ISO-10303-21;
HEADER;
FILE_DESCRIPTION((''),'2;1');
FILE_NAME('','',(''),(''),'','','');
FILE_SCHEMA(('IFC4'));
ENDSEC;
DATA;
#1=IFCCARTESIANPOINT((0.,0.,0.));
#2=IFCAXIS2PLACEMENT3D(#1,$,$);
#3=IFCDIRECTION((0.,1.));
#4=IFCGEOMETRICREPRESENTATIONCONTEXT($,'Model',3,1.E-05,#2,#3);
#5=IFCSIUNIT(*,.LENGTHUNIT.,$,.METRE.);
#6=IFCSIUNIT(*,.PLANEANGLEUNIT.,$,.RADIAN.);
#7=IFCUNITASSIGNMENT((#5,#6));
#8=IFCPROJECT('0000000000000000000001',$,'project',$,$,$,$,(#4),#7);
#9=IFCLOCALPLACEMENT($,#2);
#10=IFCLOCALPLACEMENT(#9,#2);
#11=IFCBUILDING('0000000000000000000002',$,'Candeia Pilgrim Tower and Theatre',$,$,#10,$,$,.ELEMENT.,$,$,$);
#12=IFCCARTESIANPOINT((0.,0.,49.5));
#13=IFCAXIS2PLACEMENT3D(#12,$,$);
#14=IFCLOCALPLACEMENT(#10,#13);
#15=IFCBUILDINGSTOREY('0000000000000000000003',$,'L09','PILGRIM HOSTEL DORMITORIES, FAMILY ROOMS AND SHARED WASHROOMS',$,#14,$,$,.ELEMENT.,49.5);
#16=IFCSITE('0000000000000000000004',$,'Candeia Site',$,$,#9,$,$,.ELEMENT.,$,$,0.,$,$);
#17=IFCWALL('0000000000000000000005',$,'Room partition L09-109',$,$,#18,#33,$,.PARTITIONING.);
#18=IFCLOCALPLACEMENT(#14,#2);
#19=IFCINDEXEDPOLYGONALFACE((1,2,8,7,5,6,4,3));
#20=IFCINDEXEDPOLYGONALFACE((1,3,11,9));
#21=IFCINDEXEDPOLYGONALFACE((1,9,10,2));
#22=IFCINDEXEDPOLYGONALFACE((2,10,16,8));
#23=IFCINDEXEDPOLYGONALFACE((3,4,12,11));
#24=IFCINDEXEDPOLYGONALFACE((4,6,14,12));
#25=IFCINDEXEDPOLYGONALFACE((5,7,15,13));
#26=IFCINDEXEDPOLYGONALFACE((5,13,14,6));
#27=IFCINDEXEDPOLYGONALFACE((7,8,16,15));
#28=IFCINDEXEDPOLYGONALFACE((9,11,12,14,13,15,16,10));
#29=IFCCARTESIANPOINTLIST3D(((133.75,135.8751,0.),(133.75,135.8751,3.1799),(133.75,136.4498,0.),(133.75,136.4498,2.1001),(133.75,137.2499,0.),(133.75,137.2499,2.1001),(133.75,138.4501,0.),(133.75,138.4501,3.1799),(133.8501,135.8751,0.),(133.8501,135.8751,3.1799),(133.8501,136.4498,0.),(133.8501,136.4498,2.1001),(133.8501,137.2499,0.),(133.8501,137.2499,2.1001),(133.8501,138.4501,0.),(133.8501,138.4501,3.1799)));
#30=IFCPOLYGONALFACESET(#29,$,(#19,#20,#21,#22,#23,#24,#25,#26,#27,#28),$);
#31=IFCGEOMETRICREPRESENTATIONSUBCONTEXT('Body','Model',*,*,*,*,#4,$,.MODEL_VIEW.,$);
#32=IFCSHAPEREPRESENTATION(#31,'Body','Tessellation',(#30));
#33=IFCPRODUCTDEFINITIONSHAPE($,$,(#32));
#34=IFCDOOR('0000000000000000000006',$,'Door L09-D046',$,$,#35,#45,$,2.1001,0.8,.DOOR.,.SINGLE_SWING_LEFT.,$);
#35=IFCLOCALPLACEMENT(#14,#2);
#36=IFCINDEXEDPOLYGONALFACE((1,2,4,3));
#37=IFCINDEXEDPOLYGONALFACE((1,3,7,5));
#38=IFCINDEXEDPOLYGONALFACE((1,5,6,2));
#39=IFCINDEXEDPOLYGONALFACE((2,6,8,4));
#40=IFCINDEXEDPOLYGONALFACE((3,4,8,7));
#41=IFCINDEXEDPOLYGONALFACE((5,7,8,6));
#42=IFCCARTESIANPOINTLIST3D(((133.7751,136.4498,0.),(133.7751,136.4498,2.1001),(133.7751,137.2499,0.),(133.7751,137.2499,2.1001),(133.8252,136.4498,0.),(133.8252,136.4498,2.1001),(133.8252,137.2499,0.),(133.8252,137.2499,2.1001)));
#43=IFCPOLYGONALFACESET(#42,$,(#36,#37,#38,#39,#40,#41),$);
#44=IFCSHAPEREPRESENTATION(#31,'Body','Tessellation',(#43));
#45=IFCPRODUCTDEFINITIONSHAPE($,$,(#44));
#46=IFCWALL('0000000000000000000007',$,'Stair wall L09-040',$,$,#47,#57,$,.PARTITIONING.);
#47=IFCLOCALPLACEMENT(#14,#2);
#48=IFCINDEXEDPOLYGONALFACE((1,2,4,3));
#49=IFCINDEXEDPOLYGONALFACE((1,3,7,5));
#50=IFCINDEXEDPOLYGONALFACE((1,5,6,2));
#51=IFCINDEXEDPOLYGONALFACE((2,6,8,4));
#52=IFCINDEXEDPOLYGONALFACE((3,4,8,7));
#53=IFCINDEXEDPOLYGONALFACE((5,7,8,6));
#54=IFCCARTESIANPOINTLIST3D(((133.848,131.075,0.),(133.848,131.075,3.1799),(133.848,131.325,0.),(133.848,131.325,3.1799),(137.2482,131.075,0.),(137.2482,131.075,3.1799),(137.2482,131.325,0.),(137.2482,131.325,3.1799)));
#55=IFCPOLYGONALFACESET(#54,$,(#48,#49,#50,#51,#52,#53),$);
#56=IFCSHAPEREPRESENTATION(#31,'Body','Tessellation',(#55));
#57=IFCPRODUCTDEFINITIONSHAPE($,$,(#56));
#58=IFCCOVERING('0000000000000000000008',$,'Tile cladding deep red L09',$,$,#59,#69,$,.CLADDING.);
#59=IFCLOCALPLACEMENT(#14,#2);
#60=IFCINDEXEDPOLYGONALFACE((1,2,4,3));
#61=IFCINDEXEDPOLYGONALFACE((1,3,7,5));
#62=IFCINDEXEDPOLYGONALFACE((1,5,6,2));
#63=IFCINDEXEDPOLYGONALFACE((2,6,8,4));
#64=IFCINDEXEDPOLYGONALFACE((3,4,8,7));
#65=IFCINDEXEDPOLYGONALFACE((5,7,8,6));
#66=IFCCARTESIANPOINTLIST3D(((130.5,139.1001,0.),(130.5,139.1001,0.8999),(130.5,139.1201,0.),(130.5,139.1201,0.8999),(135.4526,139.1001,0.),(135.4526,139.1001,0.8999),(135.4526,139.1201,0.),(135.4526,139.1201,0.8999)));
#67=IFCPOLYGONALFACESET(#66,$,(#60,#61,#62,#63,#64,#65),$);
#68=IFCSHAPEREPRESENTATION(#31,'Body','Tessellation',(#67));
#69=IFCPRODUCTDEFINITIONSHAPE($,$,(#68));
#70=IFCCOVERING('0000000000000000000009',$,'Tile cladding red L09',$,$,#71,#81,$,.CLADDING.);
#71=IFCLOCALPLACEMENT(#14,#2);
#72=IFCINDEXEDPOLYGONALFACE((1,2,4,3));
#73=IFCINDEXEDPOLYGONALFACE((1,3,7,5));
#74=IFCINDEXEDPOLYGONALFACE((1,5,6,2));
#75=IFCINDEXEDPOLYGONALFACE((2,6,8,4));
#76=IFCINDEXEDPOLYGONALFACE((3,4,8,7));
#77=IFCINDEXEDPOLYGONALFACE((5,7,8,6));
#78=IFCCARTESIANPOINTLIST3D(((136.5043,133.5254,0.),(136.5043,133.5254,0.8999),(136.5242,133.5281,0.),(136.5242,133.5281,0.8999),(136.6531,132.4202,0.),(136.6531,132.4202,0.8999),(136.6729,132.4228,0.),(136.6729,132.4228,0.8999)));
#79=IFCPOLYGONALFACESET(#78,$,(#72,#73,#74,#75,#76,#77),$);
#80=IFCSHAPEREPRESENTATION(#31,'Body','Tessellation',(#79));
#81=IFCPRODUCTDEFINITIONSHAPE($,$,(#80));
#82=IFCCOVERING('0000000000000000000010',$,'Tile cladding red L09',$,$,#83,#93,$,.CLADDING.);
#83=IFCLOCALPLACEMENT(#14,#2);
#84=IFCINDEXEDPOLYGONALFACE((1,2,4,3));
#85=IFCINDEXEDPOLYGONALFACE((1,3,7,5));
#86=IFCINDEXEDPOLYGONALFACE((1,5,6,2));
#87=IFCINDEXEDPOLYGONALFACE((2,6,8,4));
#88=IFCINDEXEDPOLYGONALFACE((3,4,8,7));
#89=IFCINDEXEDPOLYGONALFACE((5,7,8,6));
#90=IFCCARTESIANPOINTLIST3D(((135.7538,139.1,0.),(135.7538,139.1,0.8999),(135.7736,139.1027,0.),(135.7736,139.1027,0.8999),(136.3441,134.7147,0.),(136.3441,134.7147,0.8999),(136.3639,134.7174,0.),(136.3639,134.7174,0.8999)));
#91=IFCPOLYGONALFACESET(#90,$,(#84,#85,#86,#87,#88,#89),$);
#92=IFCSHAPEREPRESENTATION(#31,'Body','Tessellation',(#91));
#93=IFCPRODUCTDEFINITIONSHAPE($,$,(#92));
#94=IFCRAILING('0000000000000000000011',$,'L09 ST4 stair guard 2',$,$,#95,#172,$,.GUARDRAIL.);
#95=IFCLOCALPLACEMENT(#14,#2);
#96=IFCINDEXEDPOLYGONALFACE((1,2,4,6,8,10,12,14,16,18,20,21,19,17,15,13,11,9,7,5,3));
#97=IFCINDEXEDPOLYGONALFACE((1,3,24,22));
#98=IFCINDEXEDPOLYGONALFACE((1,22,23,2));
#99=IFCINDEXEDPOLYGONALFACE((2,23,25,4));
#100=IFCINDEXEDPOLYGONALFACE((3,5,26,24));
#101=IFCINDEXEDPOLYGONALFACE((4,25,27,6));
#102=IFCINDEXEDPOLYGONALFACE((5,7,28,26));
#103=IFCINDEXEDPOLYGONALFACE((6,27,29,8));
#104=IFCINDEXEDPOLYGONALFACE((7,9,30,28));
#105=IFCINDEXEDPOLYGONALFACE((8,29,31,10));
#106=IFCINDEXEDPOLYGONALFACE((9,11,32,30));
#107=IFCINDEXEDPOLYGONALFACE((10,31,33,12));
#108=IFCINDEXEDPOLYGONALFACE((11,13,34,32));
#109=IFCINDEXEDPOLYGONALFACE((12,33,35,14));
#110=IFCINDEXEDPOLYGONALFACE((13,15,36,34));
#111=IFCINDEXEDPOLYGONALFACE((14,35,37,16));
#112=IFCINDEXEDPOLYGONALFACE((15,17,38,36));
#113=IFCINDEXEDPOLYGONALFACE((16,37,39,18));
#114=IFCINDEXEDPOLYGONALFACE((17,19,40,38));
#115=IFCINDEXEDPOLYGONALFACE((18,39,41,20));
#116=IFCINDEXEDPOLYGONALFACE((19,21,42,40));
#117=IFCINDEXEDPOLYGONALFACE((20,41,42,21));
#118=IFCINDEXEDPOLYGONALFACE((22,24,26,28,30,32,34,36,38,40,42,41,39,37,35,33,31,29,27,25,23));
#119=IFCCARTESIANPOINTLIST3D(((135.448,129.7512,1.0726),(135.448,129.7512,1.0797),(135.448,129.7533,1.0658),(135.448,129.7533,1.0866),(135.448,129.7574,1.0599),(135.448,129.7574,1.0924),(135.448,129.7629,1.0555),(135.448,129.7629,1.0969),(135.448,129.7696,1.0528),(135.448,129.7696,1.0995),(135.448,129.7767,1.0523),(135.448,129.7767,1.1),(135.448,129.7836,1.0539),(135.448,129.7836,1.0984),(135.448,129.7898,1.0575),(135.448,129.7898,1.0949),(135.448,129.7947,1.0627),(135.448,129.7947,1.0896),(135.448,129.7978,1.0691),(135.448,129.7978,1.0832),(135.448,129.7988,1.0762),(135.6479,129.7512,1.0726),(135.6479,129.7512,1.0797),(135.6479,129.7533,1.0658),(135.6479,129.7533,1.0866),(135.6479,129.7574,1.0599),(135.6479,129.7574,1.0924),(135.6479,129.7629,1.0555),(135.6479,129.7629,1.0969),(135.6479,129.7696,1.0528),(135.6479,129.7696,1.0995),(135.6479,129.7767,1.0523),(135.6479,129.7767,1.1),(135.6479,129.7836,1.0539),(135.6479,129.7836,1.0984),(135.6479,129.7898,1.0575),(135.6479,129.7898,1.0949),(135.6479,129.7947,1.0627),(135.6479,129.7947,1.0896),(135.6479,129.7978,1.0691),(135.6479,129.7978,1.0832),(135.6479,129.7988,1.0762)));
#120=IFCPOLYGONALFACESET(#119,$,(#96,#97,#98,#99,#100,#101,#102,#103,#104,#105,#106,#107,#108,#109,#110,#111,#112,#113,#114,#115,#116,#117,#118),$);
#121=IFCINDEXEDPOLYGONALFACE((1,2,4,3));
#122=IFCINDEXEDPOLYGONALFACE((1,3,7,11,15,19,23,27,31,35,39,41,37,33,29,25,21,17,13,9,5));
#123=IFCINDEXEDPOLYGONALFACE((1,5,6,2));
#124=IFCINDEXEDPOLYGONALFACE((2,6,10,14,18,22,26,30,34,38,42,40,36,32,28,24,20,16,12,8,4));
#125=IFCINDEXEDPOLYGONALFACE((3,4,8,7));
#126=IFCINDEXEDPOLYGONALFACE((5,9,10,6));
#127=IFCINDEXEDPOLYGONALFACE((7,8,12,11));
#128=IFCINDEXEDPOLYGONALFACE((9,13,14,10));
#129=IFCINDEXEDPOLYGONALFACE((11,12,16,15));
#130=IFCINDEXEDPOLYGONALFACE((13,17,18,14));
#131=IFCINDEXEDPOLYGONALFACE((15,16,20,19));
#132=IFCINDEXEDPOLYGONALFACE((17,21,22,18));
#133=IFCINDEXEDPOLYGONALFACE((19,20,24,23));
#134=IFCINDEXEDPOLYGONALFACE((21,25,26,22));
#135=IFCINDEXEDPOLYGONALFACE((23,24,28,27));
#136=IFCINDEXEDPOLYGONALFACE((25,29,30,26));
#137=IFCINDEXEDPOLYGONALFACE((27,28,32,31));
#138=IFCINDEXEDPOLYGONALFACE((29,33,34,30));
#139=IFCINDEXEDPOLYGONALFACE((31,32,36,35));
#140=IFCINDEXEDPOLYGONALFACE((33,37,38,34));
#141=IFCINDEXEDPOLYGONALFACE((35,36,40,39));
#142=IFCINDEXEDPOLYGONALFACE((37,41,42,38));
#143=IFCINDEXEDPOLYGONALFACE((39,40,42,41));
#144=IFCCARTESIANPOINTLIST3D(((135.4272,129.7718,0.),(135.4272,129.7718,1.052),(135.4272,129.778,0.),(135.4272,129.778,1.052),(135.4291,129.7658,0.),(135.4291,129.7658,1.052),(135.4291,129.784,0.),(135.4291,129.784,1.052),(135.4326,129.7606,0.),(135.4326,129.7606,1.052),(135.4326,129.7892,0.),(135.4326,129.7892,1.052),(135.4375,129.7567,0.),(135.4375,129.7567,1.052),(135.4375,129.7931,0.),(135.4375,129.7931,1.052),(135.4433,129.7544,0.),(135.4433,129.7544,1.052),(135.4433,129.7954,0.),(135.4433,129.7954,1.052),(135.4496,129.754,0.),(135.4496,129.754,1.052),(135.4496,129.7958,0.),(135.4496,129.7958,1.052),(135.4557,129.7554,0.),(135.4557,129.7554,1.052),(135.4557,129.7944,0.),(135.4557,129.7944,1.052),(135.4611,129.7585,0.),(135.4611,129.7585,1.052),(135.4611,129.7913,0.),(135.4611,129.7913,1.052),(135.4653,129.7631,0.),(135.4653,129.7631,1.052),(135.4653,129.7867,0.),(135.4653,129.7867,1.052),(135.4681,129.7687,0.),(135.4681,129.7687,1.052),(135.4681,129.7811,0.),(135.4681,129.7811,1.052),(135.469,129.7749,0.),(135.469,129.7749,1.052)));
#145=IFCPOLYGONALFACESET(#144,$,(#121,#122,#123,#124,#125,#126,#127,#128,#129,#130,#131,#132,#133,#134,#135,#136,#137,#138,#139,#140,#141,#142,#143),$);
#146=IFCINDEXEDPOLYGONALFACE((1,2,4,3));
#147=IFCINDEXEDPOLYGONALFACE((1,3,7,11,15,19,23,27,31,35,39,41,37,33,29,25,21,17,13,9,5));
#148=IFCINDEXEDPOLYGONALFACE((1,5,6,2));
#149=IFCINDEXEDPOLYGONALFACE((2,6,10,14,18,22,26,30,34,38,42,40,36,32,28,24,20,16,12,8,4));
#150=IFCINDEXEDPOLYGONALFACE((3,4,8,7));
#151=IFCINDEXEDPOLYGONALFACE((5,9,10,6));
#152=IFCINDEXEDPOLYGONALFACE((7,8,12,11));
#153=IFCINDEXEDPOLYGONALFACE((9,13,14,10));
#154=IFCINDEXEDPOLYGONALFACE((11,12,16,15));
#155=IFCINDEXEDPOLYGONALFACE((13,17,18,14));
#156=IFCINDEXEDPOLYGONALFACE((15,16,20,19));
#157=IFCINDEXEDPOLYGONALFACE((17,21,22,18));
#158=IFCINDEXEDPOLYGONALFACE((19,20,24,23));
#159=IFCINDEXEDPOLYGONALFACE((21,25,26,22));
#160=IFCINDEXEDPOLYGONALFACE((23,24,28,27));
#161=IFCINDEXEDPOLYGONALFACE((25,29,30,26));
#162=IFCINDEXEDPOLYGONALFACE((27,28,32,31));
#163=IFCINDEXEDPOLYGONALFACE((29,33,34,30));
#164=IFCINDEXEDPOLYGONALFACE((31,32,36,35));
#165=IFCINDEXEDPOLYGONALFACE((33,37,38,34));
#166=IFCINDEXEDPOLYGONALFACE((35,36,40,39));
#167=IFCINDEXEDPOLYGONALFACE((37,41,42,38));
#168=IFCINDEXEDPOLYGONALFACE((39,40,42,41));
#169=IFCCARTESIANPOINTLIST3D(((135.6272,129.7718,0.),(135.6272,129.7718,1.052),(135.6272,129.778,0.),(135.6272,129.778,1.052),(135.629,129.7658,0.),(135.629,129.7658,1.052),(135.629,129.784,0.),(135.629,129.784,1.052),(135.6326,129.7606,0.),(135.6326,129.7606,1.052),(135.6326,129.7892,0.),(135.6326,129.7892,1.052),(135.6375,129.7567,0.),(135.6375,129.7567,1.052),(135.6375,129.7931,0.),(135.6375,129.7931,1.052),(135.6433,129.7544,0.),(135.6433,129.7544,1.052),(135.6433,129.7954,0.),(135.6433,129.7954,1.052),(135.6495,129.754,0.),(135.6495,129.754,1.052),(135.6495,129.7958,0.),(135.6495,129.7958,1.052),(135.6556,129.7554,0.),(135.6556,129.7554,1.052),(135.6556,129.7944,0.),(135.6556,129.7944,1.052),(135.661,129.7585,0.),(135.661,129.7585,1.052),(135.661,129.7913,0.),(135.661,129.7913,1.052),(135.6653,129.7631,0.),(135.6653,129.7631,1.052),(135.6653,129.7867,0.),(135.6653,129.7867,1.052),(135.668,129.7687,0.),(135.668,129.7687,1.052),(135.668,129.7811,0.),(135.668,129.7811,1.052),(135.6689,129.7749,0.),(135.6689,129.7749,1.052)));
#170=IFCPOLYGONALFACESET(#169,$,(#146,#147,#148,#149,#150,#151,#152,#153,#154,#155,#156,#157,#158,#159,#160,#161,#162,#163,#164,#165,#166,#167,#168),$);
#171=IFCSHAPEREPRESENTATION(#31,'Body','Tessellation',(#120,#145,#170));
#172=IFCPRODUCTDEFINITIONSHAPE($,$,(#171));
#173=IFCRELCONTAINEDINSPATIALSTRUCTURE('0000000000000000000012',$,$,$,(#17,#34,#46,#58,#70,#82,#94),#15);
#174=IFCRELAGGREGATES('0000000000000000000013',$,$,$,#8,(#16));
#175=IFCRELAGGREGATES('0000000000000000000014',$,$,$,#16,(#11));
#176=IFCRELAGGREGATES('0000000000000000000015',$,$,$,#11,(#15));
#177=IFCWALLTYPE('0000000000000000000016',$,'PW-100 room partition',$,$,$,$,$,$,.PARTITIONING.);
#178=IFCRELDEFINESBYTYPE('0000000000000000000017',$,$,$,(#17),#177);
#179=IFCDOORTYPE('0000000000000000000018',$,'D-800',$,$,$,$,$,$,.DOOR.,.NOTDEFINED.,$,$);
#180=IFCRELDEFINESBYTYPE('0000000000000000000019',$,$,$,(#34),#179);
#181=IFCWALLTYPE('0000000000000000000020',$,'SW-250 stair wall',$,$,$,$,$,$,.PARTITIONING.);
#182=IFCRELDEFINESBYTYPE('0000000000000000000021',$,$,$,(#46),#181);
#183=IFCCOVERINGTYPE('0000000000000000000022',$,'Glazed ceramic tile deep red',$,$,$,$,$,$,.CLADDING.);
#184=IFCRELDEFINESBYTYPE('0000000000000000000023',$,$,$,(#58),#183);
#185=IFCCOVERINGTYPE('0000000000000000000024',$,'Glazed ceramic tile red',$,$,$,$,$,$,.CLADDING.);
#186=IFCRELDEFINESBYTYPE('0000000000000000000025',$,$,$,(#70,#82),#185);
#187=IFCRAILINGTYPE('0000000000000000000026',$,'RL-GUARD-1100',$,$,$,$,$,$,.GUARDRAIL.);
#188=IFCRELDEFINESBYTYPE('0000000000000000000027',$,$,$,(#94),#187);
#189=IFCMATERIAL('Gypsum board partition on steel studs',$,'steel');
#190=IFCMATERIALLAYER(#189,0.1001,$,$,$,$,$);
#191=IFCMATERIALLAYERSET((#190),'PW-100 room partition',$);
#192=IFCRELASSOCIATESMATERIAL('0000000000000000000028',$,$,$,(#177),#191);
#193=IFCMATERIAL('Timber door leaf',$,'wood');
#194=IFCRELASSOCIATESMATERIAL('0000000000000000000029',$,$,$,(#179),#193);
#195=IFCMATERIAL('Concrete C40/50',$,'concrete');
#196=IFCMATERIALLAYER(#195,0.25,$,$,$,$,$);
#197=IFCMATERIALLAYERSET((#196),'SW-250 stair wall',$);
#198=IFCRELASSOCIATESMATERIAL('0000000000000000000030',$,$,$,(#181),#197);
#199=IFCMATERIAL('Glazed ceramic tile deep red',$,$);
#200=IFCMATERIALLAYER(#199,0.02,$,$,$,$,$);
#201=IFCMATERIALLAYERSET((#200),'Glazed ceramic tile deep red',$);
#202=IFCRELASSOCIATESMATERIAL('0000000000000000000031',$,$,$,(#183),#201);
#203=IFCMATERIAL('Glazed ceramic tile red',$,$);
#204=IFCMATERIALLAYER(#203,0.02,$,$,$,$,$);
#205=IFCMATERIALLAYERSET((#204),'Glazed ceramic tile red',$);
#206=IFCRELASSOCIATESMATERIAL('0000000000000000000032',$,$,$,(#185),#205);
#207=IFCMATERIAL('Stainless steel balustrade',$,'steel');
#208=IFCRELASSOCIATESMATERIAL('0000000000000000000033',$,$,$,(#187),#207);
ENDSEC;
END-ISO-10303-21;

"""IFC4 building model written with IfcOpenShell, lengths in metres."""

from ifc_helpers import new_model, si_unit, direction, frame, frame_2d, origin, origin_2d, place, context, subcontext, project, spatial, rectangle, circle, extrude, material, layer, layer_set, type_object, element, fill, save


model = new_model("IFC4")

# Units and contexts
model_context = context("Model", 3, precision=1e-05, world=origin(), true_north=direction((0.0, 1.0)))
body_context = subcontext(model_context, "Body", "Model", "MODEL_VIEW")
ifc_project = project(units=[si_unit("LENGTHUNIT", "METRE"), si_unit("PLANEANGLEUNIT", "RADIAN")], contexts=[model_context])

# Site, building, storey
site_placement = place(None, origin())
site = spatial("IfcSite", under=ifc_project, at=site_placement, Name="Candeia Site", CompositionType="ELEMENT", RefElevation=0.0)
building_placement = place(site_placement, origin())
building = spatial("IfcBuilding", under=site, at=building_placement, Name="Candeia Pilgrim Tower and Theatre", CompositionType="ELEMENT")
storey_placement = place(building_placement, frame((0.0, 0.0, 49.5)))
storey = spatial("IfcBuildingStorey", under=building, at=storey_placement, Name="L09", Description="PILGRIM HOSTEL DORMITORIES, FAMILY ROOMS AND SHARED WASHROOMS", CompositionType="ELEMENT", Elevation=49.5)

# Shared definitions
ifc_material_1 = material(Name="Gypsum board partition on steel studs", Category="steel")
ifc_layer_1 = layer(ifc_material_1, 0.1001)
ifc_layer_set_1 = layer_set([ifc_layer_1], Name="PW-100 room partition")
wall_type_1 = type_object("IfcWallType", Name="PW-100 room partition", PredefinedType="PARTITIONING", material=ifc_layer_set_1)

# Wall, opening, door
wall_1_placement = place(storey_placement, frame((133.8, 135.875, 0.0), z_axis=(0.0, 0.0, 1.0), x_axis=(0.0, 1.0, 0.0)))
wall_1 = element("IfcWall", 1, at=wall_1_placement, inside=storey, type_object=wall_type_1, Name="Room partition L09-109", PredefinedType="PARTITIONING", context=body_context, shape_type="SweptSolid", body=[
    extrude(rectangle(XDim=2.575, YDim=0.1001, at=frame_2d((1.2876, 0.0))), origin(), (0.0, 0.0, 1.0), 3.1799),
])
opening_1_placement = place(wall_1_placement, frame((0.575, 0.0, 0.0)))
opening_1 = element("IfcOpeningElement", 2, at=opening_1_placement, cuts=wall_1, PredefinedType="OPENING", context=body_context, shape_type="SweptSolid", body=[
    extrude(rectangle(XDim=0.8, YDim=2.1001, at=frame_2d((0.3999, 1.05))), frame((0.0, 0.0601, 0.0), z_axis=(0.0, -1.0, 0.0), x_axis=(1.0, 0.0, 0.0)), (0.0, 0.0, 1.0), 0.1201),
])
ifc_material_2 = material(Name="Timber door leaf", Category="wood")
door_type_1 = type_object("IfcDoorType", Name="D-800", OperationType="NOTDEFINED", PredefinedType="DOOR", material=ifc_material_2)
door_1_placement = place(opening_1_placement, origin())
door_1 = element("IfcDoor", 3, at=door_1_placement, inside=storey, type_object=door_type_1, Name="Door L09-D046", OperationType="SINGLE_SWING_LEFT", OverallHeight=2.1001, OverallWidth=0.8, PredefinedType="DOOR", context=body_context, shape_type="SweptSolid", body=[
    extrude(rectangle(XDim=0.8, YDim=2.1001, at=frame_2d((0.3999, 1.05))), frame((0.0, 0.0249, 0.0), z_axis=(0.0, -1.0, 0.0), x_axis=(1.0, 0.0, 0.0)), (0.0, 0.0, 1.0), 0.05),
])
fill(opening_1, door_1)

# Wall
ifc_material_3 = material(Name="Concrete C40/50", Category="concrete")
ifc_layer_2 = layer(ifc_material_3, 0.25)
ifc_layer_set_2 = layer_set([ifc_layer_2], Name="SW-250 stair wall")
wall_type_2 = type_object("IfcWallType", Name="SW-250 stair wall", PredefinedType="PARTITIONING", material=ifc_layer_set_2)
wall_2_placement = place(storey_placement, frame((133.8479, 131.2, 0.0), z_axis=(0.0, 0.0, 1.0), x_axis=(1.0, 0.0, 0.0)))
element("IfcWall", 4, at=wall_2_placement, inside=storey, type_object=wall_type_2, Name="Stair wall L09-040", PredefinedType="PARTITIONING", context=body_context, shape_type="SweptSolid", body=[
    extrude(rectangle(XDim=3.4001, YDim=0.25, at=frame_2d((1.7002, 0.0))), origin(), (0.0, 0.0, 1.0), 3.1799),
])

# Coverings
ifc_material_4 = material(Name="Glazed ceramic tile deep red")
ifc_layer_3 = layer(ifc_material_4, 0.02)
ifc_layer_set_3 = layer_set([ifc_layer_3], Name="Glazed ceramic tile deep red")
covering_type_1 = type_object("IfcCoveringType", Name="Glazed ceramic tile deep red", PredefinedType="CLADDING", material=ifc_layer_set_3)
covering_1_placement = place(storey_placement, frame((132.9763, 139.1101, 0.0), z_axis=(0.0, 0.0, 1.0), x_axis=(-1.0, 0.0, 0.0)))
element("IfcCovering", 5, at=covering_1_placement, inside=storey, type_object=covering_type_1, Name="Tile cladding deep red L09", PredefinedType="CLADDING", context=body_context, shape_type="SweptSolid", body=[
    extrude(rectangle(XDim=4.9526, YDim=0.02, at=origin_2d()), origin(), (0.0, 0.0, 1.0), 0.8999),
])
ifc_material_5 = material(Name="Glazed ceramic tile red")
ifc_layer_4 = layer(ifc_material_5, 0.02)
ifc_layer_set_4 = layer_set([ifc_layer_4], Name="Glazed ceramic tile red")
covering_type_2 = type_object("IfcCoveringType", Name="Glazed ceramic tile red", PredefinedType="CLADDING", material=ifc_layer_set_4)
covering_2_placement = place(storey_placement, frame((136.5886, 132.9741, 0.0), z_axis=(0.0, 0.0, 1.0), x_axis=(-0.133412, 0.991061, 0.0)))
element("IfcCovering", 6, at=covering_2_placement, inside=storey, type_object=covering_type_2, Name="Tile cladding red L09", PredefinedType="CLADDING", context=body_context, shape_type="SweptSolid", body=[
    extrude(rectangle(XDim=1.1152, YDim=0.02, at=origin_2d()), origin(), (0.0, 0.0, 1.0), 0.8999),
])
covering_3_placement = place(storey_placement, frame((136.0588, 136.9087, 0.0), z_axis=(0.0, 0.0, 1.0), x_axis=(-0.133412, 0.991061, 0.0)))
element("IfcCovering", 7, at=covering_3_placement, inside=storey, type_object=covering_type_2, Name="Tile cladding red L09", PredefinedType="CLADDING", context=body_context, shape_type="SweptSolid", body=[
    extrude(rectangle(XDim=4.4248, YDim=0.02, at=origin_2d()), origin(), (0.0, 0.0, 1.0), 0.8999),
])

# Railing
ifc_material_6 = material(Name="Stainless steel balustrade", Category="steel")
railing_type = type_object("IfcRailingType", Name="RL-GUARD-1100", PredefinedType="GUARDRAIL", material=ifc_material_6)
railing_1_placement = place(storey_placement, frame((135.448, 129.7749, 0.0)))
element("IfcRailing", 8, at=railing_1_placement, inside=storey, type_object=railing_type, Name="L09 ST4 stair guard 2", PredefinedType="GUARDRAIL", context=body_context, shape_type="SweptSolid", body=[
    extrude(circle(Radius=0.0239, at=origin_2d()), frame((0.0, 0.0, 1.0762), z_axis=(1.0, 0.0, 0.0), x_axis=(0.0, 1.0, 0.0)), (0.0, 0.0, 1.0), 0.2),
    extrude(circle(Radius=0.021, at=origin_2d()), origin(), (0.0, 0.0, 1.0), 1.052),
    extrude(circle(Radius=0.021, at=origin_2d()), frame((0.2, 0.0, 0.0)), (0.0, 0.0, 1.0), 1.052),
])

save(model, "model.ifc")
